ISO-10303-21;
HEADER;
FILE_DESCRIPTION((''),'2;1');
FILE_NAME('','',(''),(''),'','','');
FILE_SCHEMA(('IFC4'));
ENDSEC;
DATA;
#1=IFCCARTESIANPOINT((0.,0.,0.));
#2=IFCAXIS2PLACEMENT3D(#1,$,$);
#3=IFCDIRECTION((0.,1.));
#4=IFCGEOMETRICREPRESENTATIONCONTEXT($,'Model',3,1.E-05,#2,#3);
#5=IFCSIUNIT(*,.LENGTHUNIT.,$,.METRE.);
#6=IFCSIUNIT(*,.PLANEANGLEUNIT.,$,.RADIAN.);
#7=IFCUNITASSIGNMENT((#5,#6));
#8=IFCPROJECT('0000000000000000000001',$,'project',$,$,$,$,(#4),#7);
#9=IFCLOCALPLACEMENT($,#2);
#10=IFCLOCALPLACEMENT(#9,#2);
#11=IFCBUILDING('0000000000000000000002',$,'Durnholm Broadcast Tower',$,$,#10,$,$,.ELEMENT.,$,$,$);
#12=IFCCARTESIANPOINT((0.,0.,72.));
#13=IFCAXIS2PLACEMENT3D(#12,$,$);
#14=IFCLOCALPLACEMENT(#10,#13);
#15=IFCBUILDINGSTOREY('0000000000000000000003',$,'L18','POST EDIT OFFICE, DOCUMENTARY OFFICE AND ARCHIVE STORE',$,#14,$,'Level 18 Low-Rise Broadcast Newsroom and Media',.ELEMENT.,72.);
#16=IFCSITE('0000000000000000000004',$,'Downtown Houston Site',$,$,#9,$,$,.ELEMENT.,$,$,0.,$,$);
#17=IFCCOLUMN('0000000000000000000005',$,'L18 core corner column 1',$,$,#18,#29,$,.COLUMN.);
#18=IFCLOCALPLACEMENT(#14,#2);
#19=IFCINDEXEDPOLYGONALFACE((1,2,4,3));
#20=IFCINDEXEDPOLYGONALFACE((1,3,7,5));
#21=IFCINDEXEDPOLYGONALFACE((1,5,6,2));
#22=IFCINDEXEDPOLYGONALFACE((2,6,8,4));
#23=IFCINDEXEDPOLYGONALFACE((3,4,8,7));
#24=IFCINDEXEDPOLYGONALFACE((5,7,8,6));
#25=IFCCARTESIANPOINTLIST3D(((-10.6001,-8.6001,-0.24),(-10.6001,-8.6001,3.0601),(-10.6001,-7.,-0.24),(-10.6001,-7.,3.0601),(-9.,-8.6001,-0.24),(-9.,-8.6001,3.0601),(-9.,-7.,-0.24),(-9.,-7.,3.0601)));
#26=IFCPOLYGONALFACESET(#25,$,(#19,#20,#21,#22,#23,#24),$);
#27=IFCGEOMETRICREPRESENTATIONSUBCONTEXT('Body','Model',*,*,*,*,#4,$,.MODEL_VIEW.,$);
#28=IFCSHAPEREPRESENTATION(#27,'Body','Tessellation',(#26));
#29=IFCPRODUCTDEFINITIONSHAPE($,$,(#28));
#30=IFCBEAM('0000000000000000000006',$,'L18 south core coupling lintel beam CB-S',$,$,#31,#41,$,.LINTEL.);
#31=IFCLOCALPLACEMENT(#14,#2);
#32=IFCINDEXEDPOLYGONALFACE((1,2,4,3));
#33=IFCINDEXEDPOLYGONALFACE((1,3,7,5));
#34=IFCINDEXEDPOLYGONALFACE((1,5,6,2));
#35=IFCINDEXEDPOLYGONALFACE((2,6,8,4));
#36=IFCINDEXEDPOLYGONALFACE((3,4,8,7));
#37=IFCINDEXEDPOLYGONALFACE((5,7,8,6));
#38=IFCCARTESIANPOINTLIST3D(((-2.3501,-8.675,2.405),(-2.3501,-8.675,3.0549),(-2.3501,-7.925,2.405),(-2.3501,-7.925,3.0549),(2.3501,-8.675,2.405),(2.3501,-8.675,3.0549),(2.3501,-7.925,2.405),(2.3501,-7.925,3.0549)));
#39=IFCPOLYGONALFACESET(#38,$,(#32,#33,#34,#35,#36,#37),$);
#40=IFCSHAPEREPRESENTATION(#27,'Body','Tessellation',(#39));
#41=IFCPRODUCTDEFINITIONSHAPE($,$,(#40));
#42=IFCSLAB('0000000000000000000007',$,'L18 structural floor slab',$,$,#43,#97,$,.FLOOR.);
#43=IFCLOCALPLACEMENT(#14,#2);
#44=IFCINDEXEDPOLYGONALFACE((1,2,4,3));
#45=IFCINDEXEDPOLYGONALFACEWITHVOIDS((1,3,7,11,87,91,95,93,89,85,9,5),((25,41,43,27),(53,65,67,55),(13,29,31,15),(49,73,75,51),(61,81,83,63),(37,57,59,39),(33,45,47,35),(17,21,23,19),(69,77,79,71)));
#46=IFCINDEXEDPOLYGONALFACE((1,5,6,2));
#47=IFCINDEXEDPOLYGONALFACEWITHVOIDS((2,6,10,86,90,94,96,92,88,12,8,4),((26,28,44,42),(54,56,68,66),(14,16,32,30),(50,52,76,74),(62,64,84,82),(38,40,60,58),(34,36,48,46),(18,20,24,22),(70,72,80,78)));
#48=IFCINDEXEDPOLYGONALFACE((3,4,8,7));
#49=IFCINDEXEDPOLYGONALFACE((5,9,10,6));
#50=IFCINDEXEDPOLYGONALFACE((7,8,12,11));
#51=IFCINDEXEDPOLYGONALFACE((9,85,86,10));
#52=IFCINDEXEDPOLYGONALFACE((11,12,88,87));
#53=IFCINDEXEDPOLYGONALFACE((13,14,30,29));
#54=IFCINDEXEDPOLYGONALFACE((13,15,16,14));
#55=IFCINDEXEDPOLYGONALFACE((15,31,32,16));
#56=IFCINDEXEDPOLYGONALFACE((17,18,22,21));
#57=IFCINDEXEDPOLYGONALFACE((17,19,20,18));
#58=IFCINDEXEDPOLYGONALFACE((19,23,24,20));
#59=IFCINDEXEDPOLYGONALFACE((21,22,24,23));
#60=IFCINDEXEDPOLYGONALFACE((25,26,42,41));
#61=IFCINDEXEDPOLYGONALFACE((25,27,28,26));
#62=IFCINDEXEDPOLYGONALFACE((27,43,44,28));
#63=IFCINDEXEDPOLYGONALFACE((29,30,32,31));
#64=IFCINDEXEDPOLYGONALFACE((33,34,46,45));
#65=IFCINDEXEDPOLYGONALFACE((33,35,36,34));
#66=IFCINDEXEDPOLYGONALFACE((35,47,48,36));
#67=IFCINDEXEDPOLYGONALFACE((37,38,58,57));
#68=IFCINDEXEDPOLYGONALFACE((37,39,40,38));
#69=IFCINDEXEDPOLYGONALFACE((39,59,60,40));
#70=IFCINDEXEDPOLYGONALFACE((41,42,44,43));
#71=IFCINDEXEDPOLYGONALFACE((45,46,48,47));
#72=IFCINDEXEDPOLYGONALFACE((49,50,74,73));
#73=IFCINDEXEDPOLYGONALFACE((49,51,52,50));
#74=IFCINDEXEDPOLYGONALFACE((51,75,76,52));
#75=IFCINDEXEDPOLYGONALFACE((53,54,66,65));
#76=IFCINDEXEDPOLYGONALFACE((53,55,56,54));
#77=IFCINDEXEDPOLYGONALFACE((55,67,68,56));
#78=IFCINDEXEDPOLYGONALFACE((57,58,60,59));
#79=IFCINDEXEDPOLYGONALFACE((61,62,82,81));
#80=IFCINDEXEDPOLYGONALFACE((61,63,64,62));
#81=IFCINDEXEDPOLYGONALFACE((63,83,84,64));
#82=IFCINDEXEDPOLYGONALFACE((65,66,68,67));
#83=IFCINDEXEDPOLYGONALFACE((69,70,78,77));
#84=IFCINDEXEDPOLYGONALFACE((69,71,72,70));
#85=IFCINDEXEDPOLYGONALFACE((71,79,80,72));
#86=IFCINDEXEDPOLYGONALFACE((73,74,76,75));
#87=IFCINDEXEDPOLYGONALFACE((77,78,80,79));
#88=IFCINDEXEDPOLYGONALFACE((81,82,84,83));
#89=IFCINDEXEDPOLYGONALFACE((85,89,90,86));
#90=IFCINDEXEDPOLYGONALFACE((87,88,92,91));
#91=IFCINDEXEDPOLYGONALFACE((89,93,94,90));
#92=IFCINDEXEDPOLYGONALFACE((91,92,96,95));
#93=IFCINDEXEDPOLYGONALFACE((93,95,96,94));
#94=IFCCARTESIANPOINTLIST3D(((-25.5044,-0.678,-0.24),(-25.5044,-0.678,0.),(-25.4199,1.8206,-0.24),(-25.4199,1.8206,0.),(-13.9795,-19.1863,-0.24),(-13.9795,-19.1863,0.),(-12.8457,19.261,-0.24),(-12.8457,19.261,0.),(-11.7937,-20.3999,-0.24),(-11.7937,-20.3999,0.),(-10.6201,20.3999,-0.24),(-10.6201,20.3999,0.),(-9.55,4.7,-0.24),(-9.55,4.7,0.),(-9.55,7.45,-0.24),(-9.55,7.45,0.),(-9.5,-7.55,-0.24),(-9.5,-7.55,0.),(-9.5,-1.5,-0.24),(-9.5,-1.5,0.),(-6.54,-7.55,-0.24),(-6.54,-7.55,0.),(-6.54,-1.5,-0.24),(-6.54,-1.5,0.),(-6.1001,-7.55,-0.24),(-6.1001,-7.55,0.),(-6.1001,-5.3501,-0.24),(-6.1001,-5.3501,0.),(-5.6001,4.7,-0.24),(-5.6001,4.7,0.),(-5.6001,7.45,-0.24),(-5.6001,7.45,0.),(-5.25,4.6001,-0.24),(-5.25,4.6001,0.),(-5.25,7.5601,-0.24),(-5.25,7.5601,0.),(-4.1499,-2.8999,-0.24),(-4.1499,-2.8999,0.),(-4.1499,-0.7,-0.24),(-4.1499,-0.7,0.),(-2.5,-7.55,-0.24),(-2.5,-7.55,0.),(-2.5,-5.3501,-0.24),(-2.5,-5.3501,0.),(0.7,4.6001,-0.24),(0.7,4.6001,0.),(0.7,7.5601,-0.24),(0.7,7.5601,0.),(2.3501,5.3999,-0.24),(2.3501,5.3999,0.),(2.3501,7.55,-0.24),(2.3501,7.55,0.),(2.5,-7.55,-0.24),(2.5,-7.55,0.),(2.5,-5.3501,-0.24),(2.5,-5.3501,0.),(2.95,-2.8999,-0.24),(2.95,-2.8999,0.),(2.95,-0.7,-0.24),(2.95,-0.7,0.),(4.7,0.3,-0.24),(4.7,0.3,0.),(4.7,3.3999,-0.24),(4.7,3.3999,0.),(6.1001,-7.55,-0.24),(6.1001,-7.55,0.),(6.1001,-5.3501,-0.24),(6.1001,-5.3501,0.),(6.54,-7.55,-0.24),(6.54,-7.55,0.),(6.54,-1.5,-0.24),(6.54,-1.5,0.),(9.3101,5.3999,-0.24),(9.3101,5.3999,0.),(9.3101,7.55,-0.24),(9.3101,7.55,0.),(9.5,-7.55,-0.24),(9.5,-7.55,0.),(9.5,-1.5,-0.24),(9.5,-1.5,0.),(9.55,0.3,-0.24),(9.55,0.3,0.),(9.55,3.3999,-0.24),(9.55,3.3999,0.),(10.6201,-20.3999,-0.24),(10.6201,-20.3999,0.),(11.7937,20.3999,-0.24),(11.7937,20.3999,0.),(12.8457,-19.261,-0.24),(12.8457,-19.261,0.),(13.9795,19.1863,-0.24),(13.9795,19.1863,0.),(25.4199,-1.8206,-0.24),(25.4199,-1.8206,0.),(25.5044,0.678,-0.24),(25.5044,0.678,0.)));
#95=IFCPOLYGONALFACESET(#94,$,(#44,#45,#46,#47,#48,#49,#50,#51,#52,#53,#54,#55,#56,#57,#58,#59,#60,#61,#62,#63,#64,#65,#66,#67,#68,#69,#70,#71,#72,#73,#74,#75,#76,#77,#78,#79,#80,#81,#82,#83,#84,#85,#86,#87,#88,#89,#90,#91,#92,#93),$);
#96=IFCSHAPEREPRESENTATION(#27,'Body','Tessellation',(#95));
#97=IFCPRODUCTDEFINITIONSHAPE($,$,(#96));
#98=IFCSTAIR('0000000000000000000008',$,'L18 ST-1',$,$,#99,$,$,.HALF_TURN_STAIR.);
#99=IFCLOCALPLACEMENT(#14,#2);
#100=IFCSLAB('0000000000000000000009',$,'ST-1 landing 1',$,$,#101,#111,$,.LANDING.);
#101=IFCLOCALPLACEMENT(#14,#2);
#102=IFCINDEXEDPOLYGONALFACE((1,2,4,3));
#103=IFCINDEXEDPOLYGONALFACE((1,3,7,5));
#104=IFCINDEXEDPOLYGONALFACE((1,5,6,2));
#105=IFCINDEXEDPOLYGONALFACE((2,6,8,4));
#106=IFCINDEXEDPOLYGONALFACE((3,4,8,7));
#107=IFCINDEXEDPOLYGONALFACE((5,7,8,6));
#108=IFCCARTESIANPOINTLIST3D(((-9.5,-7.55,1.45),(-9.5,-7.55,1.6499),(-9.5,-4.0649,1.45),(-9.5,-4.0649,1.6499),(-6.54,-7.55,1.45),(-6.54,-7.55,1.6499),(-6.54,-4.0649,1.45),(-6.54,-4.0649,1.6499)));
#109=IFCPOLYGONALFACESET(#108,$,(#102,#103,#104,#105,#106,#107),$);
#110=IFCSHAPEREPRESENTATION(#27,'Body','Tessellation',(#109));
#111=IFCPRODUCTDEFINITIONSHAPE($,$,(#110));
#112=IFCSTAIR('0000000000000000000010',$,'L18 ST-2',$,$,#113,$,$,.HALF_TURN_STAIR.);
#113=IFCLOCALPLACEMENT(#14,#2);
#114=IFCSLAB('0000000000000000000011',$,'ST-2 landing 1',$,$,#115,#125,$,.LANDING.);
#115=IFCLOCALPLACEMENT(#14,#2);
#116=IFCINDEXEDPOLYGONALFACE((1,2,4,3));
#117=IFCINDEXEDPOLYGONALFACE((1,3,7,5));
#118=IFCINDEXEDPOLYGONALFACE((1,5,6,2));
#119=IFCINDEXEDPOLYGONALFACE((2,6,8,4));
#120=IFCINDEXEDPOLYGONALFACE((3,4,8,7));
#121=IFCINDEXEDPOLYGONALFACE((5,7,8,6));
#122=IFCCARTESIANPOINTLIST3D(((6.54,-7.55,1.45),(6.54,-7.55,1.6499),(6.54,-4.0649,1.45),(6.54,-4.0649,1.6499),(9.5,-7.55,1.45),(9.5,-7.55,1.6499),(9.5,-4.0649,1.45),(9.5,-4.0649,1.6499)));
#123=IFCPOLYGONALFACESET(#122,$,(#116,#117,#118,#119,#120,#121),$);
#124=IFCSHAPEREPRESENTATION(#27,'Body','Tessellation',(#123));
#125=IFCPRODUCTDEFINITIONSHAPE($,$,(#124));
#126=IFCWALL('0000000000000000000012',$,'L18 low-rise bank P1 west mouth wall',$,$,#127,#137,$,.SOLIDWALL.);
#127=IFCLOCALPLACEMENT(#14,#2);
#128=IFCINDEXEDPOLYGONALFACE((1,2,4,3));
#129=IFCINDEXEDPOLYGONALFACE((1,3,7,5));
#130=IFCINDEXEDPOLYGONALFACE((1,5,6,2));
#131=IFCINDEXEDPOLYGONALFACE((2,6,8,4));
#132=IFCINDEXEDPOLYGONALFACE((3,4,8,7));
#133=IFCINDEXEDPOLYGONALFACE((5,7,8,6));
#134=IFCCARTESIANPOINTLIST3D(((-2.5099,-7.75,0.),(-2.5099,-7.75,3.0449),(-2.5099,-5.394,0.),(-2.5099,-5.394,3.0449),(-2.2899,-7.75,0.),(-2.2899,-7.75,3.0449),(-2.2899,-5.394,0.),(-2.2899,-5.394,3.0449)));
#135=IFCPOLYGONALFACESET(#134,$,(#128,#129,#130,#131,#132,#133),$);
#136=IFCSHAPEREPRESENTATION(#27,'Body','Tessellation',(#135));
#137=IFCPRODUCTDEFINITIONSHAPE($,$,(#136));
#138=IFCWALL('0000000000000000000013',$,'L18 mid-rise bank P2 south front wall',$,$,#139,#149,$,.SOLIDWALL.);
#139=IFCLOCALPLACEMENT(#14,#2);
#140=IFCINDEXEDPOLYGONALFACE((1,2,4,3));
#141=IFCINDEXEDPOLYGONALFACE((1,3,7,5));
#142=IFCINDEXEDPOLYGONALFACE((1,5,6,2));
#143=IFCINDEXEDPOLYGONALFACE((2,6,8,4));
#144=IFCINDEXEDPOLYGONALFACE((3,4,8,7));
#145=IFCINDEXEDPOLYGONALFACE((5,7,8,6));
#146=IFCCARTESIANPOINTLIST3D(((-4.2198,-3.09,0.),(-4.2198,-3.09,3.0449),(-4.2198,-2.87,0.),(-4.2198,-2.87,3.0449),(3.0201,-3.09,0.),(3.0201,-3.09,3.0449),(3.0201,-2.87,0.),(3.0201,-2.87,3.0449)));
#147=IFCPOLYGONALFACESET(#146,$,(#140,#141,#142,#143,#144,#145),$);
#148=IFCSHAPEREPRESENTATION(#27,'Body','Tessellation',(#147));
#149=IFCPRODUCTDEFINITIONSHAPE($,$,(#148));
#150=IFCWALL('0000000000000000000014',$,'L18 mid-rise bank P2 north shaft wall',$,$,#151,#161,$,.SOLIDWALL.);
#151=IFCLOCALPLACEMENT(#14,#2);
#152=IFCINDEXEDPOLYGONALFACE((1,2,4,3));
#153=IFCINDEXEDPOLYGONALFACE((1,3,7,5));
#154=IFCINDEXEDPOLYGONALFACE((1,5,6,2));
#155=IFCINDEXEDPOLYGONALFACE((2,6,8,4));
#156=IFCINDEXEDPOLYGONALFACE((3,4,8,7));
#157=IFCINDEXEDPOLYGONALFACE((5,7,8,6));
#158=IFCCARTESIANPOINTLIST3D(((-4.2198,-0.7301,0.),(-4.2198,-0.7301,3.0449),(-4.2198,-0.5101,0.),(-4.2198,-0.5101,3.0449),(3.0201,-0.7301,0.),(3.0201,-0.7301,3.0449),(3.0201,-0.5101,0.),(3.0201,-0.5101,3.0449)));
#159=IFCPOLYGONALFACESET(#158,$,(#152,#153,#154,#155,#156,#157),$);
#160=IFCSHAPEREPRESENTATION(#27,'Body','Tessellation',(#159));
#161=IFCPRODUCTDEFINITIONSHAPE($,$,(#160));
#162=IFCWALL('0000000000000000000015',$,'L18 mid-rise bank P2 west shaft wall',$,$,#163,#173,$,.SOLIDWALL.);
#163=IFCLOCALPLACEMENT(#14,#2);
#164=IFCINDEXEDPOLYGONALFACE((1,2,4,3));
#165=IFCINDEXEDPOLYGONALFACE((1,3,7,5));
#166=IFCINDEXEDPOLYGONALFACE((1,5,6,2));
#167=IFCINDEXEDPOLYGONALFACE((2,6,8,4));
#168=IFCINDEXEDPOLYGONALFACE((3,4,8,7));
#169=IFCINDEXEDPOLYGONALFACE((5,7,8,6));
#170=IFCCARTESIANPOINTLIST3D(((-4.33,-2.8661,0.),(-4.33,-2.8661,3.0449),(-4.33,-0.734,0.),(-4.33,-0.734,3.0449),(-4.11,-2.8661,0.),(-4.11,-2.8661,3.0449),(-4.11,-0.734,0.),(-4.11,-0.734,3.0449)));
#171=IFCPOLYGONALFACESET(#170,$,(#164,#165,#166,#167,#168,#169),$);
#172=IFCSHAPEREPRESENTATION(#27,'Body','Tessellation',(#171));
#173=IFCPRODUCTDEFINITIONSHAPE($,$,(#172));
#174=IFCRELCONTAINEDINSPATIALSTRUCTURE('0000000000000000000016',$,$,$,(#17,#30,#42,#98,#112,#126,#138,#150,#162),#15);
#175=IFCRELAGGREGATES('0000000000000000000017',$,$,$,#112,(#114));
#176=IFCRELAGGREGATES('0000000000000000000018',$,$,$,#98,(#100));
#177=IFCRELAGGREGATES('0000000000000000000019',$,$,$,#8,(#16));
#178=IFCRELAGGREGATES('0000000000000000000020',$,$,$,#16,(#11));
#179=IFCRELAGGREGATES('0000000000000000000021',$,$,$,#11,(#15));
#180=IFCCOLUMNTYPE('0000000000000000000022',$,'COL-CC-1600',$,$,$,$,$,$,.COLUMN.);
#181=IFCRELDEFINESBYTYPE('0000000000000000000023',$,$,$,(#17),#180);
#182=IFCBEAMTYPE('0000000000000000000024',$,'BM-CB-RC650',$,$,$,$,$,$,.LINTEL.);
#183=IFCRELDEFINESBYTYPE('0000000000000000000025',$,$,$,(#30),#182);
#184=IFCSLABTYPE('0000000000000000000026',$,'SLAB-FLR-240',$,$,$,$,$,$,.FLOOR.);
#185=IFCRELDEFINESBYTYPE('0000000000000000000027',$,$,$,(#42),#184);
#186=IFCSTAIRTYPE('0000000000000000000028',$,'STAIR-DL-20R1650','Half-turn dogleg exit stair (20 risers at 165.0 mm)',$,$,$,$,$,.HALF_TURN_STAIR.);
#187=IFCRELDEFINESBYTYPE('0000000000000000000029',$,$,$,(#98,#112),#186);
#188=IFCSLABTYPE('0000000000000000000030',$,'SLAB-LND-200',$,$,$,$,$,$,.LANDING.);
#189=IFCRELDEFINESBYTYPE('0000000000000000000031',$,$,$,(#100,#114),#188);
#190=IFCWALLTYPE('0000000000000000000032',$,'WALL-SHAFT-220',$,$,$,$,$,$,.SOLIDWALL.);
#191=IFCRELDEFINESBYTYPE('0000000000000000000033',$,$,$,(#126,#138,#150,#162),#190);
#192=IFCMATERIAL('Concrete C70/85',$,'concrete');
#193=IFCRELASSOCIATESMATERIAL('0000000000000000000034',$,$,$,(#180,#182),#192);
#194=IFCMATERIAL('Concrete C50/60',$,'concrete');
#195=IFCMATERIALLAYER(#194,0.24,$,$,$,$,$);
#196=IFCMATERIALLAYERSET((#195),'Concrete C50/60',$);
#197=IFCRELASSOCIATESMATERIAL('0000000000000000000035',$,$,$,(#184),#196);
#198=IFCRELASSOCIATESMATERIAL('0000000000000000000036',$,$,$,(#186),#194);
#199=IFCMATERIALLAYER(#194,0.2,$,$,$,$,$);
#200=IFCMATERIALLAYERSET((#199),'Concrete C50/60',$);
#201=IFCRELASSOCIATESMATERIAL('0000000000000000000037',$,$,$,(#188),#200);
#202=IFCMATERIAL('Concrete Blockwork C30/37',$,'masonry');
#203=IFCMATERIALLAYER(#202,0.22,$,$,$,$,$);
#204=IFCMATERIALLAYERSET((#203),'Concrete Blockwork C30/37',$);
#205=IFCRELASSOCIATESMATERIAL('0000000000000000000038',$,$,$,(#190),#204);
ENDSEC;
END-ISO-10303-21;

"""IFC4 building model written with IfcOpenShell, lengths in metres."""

from ifc_helpers import new_model, si_unit, direction, frame, frame_2d, origin, origin_2d, place, context, subcontext, project, spatial, polyline, rectangle, outline, extrude, source, transform, mapped, material, layer, layer_set, material_profile, profile_set, type_object, type_shapes, element, aggregate, save


model = new_model("IFC4")

# Units and contexts
model_context = context("Model", 3, precision=1e-05, world=origin(), true_north=direction((0.0, 1.0)))
body_context = subcontext(model_context, "Body", "Model", "MODEL_VIEW")
ifc_project = project(units=[si_unit("LENGTHUNIT", "METRE"), si_unit("PLANEANGLEUNIT", "RADIAN")], contexts=[model_context])

# Site, building, storey
site_placement = place(None, origin())
site = spatial("IfcSite", under=ifc_project, at=site_placement, Name="Downtown Houston Site", CompositionType="ELEMENT", RefElevation=0.0)
building_placement = place(site_placement, origin())
building = spatial("IfcBuilding", under=site, at=building_placement, Name="Durnholm Broadcast Tower", CompositionType="ELEMENT")
storey_placement = place(building_placement, frame((0.0, 0.0, 72.0)))
storey = spatial("IfcBuildingStorey", under=building, at=storey_placement, Name="L18", Description="POST EDIT OFFICE, DOCUMENTARY OFFICE AND ARCHIVE STORE", LongName="Level 18 Low-Rise Broadcast Newsroom and Media", CompositionType="ELEMENT", Elevation=72.0)

# Column
ifc_material_1 = material(Name="Concrete C70/85", Category="concrete")
ifc_material_profile_1 = material_profile(ifc_material_1, rectangle(XDim=1.6001, YDim=1.6001, at=origin_2d()), Name="RC1600X1600")
ifc_profile_set_1 = profile_set([ifc_material_profile_1], Name="Concrete C70/85")
column_type = type_object("IfcColumnType", Name="COL-CC-1600", PredefinedType="COLUMN", material=ifc_profile_set_1)
shared_shape_1 = source(origin(), body_context, "Body", "SweptSolid", [
    extrude(rectangle(XDim=1.6001, YDim=1.6001, at=origin_2d()), origin(), (0.0, 0.0, 1.0), 3.3),
])
type_shapes(column_type, [shared_shape_1])
column_placement = place(storey_placement, frame((-9.8, -7.8, -0.24), z_axis=(0.0, 0.0, 1.0), x_axis=(1.0, 0.0, 0.0)))
element("IfcColumn", 1, at=column_placement, inside=storey, type_object=column_type, Name="L18 core corner column 1", PredefinedType="COLUMN", context=body_context, shape_type="MappedRepresentation", body=[
    mapped(shared_shape_1, transform((0.0, 0.0, 0.0), x_axis=(1.0, 0.0, 0.0), y_axis=(0.0, 1.0, 0.0), z_axis=(0.0, 0.0, 1.0), scale=1.0)),
])

# Beam
ifc_material_profile_2 = material_profile(ifc_material_1, rectangle(XDim=0.75, YDim=0.6499, at=origin_2d()), Name="RC750X650")
ifc_profile_set_2 = profile_set([ifc_material_profile_2], Name="Concrete C70/85")
beam_type = type_object("IfcBeamType", Name="BM-CB-RC650", PredefinedType="LINTEL", material=ifc_profile_set_2)
shared_shape_2 = source(origin(), body_context, "Body", "SweptSolid", [
    extrude(rectangle(XDim=0.75, YDim=0.6499, at=origin_2d()), origin(), (0.0, 0.0, 1.0), 4.7002),
])
type_shapes(beam_type, [shared_shape_2])
beam_placement = place(storey_placement, frame((-2.3501, -8.3, 2.73), z_axis=(1.0, 0.0, 0.0), x_axis=(0.0, 1.0, 0.0)))
element("IfcBeam", 2, at=beam_placement, inside=storey, type_object=beam_type, Name="L18 south core coupling lintel beam CB-S", PredefinedType="LINTEL", context=body_context, shape_type="MappedRepresentation", body=[
    mapped(shared_shape_2, transform((0.0, 0.0, 0.0), x_axis=(1.0, 0.0, 0.0), y_axis=(0.0, 1.0, 0.0), z_axis=(0.0, 0.0, 1.0), scale=1.0)),
])

# Slab
ifc_material_2 = material(Name="Concrete C50/60", Category="concrete")
ifc_layer_1 = layer(ifc_material_2, 0.24)
ifc_layer_set_1 = layer_set([ifc_layer_1], Name="Concrete C50/60")
slab_type_1 = type_object("IfcSlabType", Name="SLAB-FLR-240", PredefinedType="FLOOR", material=ifc_layer_set_1)
slab_1_placement = place(storey_placement, frame((0.0, 0.0, -0.24)))
element("IfcSlab", 3, at=slab_1_placement, inside=storey, type_object=slab_type_1, Name="L18 structural floor slab", PredefinedType="FLOOR", context=body_context, shape_type="SweptSolid", body=[
    extrude(outline(polyline([(-13.9795, -19.1863), (-11.7937, -20.3999), (10.6201, -20.3999), (12.8457, -19.261), (25.4199, -1.8206), (25.5044, 0.678), (13.9795, 19.1863), (11.7937, 20.3999), (-10.6201, 20.3999), (-12.8457, 19.261), (-25.4199, 1.8206), (-25.5044, -0.678), (-13.9795, -19.1863)]), holes=[polyline([(-2.5, -5.3501), (-6.1001, -5.3501), (-6.1001, -7.55), (-2.5, -7.55), (-2.5, -5.3501)]), polyline([(6.1001, -5.3501), (2.5, -5.3501), (2.5, -7.55), (6.1001, -7.55), (6.1001, -5.3501)]), polyline([(-6.54, -7.55), (-6.54, -1.5), (-9.5, -1.5), (-9.5, -7.55), (-6.54, -7.55)]), polyline([(9.5, -7.55), (9.5, -1.5), (6.54, -1.5), (6.54, -7.55), (9.5, -7.55)]), polyline([(2.95, -0.7), (-4.1499, -0.7), (-4.1499, -2.8999), (2.95, -2.8999), (2.95, -0.7)]), polyline([(9.55, 3.3999), (4.7, 3.3999), (4.7, 0.3), (9.55, 0.3), (9.55, 3.3999)]), polyline([(-5.6001, 7.45), (-9.55, 7.45), (-9.55, 4.7), (-5.6001, 4.7), (-5.6001, 7.45)]), polyline([(-5.25, 7.5601), (-5.25, 4.6001), (0.7, 4.6001), (0.7, 7.5601), (-5.25, 7.5601)]), polyline([(9.3101, 5.3999), (9.3101, 7.55), (2.3501, 7.55), (2.3501, 5.3999), (9.3101, 5.3999)])]), origin(), (0.0, 0.0, 1.0), 0.24),
])

# Stairs, slabs
stair_type = type_object("IfcStairType", Name="STAIR-DL-20R1650", Description="Half-turn dogleg exit stair (20 risers at 165.0 mm)", PredefinedType="HALF_TURN_STAIR", material=ifc_material_2)
stair_1_placement = place(storey_placement, origin())
stair_1 = element("IfcStair", 4, at=stair_1_placement, inside=storey, type_object=stair_type, Name="L18 ST-1", PredefinedType="HALF_TURN_STAIR")
ifc_layer_2 = layer(ifc_material_2, 0.2)
ifc_layer_set_2 = layer_set([ifc_layer_2], Name="Concrete C50/60")
slab_type_2 = type_object("IfcSlabType", Name="SLAB-LND-200", PredefinedType="LANDING", material=ifc_layer_set_2)
slab_2_placement = place(storey_placement, frame((0.0, 0.0, 1.45)))
slab_2 = element("IfcSlab", 5, at=slab_2_placement, type_object=slab_type_2, Name="ST-1 landing 1", PredefinedType="LANDING", context=body_context, shape_type="SweptSolid", body=[
    extrude(outline(polyline([(-9.5, -4.0649), (-9.5, -7.55), (-6.54, -7.55), (-6.54, -4.0649), (-9.5, -4.0649)])), origin(), (0.0, 0.0, 1.0), 0.2),
])
stair_2_placement = place(storey_placement, origin())
stair_2 = element("IfcStair", 6, at=stair_2_placement, inside=storey, type_object=stair_type, Name="L18 ST-2", PredefinedType="HALF_TURN_STAIR")
slab_3_placement = place(storey_placement, frame((0.0, 0.0, 1.45)))
slab_3 = element("IfcSlab", 7, at=slab_3_placement, type_object=slab_type_2, Name="ST-2 landing 1", PredefinedType="LANDING", context=body_context, shape_type="SweptSolid", body=[
    extrude(outline(polyline([(6.54, -4.0649), (6.54, -7.55), (9.5, -7.55), (9.5, -4.0649), (6.54, -4.0649)])), origin(), (0.0, 0.0, 1.0), 0.2),
])
aggregate(stair_2, [slab_3])

# Shared definitions
ifc_material_3 = material(Name="Concrete Blockwork C30/37", Category="masonry")
ifc_layer_3 = layer(ifc_material_3, 0.22)
ifc_layer_set_3 = layer_set([ifc_layer_3], Name="Concrete Blockwork C30/37")
wall_type_1 = type_object("IfcWallType", Name="WALL-SHAFT-220", PredefinedType="SOLIDWALL", material=ifc_layer_set_3)

# Walls
wall_1_placement = place(storey_placement, frame((-2.3999, -7.75, 0.0), z_axis=(0.0, 0.0, 1.0), x_axis=(0.0, 1.0, 0.0)))
element("IfcWall", 8, at=wall_1_placement, inside=storey, type_object=wall_type_1, Name="L18 low-rise bank P1 west mouth wall", PredefinedType="SOLIDWALL", context=body_context, shape_type="SweptSolid", body=[
    extrude(rectangle(XDim=2.356, YDim=0.22, at=frame_2d((1.178, 0.0))), origin(), (0.0, 0.0, 1.0), 3.0449),
])
for number, where, z_axis, x_axis, name in (
    (9, (-4.22, -2.98, 0.0), (0.0, 0.0, 1.0), (1.0, 0.0, 0.0), "L18 mid-rise bank P2 south front wall"),
    (10, (-4.22, -0.6201, 0.0), (0.0, 0.0, 1.0), (1.0, 0.0, 0.0), "L18 mid-rise bank P2 north shaft wall"),
):
    element("IfcWall", number, at=place(storey_placement, frame(where, z_axis=z_axis, x_axis=x_axis)), inside=storey, type_object=wall_type_1, Name=name, PredefinedType="SOLIDWALL", context=body_context, shape_type="SweptSolid", body=[
        extrude(rectangle(XDim=7.24, YDim=0.22, at=frame_2d((3.6201, 0.0))), origin(), (0.0, 0.0, 1.0), 3.0449),
    ])
wall_2_placement = place(storey_placement, frame((-4.22, -2.866, 0.0), z_axis=(0.0, 0.0, 1.0), x_axis=(0.0, 1.0, 0.0)))
element("IfcWall", 11, at=wall_2_placement, inside=storey, type_object=wall_type_1, Name="L18 mid-rise bank P2 west shaft wall", PredefinedType="SOLIDWALL", context=body_context, shape_type="SweptSolid", body=[
    extrude(rectangle(XDim=2.1321, YDim=0.22, at=frame_2d((1.0659, 0.0))), origin(), (0.0, 0.0, 1.0), 3.0449),
])

aggregate(stair_1, [slab_2])

save(model, "model.ifc")
